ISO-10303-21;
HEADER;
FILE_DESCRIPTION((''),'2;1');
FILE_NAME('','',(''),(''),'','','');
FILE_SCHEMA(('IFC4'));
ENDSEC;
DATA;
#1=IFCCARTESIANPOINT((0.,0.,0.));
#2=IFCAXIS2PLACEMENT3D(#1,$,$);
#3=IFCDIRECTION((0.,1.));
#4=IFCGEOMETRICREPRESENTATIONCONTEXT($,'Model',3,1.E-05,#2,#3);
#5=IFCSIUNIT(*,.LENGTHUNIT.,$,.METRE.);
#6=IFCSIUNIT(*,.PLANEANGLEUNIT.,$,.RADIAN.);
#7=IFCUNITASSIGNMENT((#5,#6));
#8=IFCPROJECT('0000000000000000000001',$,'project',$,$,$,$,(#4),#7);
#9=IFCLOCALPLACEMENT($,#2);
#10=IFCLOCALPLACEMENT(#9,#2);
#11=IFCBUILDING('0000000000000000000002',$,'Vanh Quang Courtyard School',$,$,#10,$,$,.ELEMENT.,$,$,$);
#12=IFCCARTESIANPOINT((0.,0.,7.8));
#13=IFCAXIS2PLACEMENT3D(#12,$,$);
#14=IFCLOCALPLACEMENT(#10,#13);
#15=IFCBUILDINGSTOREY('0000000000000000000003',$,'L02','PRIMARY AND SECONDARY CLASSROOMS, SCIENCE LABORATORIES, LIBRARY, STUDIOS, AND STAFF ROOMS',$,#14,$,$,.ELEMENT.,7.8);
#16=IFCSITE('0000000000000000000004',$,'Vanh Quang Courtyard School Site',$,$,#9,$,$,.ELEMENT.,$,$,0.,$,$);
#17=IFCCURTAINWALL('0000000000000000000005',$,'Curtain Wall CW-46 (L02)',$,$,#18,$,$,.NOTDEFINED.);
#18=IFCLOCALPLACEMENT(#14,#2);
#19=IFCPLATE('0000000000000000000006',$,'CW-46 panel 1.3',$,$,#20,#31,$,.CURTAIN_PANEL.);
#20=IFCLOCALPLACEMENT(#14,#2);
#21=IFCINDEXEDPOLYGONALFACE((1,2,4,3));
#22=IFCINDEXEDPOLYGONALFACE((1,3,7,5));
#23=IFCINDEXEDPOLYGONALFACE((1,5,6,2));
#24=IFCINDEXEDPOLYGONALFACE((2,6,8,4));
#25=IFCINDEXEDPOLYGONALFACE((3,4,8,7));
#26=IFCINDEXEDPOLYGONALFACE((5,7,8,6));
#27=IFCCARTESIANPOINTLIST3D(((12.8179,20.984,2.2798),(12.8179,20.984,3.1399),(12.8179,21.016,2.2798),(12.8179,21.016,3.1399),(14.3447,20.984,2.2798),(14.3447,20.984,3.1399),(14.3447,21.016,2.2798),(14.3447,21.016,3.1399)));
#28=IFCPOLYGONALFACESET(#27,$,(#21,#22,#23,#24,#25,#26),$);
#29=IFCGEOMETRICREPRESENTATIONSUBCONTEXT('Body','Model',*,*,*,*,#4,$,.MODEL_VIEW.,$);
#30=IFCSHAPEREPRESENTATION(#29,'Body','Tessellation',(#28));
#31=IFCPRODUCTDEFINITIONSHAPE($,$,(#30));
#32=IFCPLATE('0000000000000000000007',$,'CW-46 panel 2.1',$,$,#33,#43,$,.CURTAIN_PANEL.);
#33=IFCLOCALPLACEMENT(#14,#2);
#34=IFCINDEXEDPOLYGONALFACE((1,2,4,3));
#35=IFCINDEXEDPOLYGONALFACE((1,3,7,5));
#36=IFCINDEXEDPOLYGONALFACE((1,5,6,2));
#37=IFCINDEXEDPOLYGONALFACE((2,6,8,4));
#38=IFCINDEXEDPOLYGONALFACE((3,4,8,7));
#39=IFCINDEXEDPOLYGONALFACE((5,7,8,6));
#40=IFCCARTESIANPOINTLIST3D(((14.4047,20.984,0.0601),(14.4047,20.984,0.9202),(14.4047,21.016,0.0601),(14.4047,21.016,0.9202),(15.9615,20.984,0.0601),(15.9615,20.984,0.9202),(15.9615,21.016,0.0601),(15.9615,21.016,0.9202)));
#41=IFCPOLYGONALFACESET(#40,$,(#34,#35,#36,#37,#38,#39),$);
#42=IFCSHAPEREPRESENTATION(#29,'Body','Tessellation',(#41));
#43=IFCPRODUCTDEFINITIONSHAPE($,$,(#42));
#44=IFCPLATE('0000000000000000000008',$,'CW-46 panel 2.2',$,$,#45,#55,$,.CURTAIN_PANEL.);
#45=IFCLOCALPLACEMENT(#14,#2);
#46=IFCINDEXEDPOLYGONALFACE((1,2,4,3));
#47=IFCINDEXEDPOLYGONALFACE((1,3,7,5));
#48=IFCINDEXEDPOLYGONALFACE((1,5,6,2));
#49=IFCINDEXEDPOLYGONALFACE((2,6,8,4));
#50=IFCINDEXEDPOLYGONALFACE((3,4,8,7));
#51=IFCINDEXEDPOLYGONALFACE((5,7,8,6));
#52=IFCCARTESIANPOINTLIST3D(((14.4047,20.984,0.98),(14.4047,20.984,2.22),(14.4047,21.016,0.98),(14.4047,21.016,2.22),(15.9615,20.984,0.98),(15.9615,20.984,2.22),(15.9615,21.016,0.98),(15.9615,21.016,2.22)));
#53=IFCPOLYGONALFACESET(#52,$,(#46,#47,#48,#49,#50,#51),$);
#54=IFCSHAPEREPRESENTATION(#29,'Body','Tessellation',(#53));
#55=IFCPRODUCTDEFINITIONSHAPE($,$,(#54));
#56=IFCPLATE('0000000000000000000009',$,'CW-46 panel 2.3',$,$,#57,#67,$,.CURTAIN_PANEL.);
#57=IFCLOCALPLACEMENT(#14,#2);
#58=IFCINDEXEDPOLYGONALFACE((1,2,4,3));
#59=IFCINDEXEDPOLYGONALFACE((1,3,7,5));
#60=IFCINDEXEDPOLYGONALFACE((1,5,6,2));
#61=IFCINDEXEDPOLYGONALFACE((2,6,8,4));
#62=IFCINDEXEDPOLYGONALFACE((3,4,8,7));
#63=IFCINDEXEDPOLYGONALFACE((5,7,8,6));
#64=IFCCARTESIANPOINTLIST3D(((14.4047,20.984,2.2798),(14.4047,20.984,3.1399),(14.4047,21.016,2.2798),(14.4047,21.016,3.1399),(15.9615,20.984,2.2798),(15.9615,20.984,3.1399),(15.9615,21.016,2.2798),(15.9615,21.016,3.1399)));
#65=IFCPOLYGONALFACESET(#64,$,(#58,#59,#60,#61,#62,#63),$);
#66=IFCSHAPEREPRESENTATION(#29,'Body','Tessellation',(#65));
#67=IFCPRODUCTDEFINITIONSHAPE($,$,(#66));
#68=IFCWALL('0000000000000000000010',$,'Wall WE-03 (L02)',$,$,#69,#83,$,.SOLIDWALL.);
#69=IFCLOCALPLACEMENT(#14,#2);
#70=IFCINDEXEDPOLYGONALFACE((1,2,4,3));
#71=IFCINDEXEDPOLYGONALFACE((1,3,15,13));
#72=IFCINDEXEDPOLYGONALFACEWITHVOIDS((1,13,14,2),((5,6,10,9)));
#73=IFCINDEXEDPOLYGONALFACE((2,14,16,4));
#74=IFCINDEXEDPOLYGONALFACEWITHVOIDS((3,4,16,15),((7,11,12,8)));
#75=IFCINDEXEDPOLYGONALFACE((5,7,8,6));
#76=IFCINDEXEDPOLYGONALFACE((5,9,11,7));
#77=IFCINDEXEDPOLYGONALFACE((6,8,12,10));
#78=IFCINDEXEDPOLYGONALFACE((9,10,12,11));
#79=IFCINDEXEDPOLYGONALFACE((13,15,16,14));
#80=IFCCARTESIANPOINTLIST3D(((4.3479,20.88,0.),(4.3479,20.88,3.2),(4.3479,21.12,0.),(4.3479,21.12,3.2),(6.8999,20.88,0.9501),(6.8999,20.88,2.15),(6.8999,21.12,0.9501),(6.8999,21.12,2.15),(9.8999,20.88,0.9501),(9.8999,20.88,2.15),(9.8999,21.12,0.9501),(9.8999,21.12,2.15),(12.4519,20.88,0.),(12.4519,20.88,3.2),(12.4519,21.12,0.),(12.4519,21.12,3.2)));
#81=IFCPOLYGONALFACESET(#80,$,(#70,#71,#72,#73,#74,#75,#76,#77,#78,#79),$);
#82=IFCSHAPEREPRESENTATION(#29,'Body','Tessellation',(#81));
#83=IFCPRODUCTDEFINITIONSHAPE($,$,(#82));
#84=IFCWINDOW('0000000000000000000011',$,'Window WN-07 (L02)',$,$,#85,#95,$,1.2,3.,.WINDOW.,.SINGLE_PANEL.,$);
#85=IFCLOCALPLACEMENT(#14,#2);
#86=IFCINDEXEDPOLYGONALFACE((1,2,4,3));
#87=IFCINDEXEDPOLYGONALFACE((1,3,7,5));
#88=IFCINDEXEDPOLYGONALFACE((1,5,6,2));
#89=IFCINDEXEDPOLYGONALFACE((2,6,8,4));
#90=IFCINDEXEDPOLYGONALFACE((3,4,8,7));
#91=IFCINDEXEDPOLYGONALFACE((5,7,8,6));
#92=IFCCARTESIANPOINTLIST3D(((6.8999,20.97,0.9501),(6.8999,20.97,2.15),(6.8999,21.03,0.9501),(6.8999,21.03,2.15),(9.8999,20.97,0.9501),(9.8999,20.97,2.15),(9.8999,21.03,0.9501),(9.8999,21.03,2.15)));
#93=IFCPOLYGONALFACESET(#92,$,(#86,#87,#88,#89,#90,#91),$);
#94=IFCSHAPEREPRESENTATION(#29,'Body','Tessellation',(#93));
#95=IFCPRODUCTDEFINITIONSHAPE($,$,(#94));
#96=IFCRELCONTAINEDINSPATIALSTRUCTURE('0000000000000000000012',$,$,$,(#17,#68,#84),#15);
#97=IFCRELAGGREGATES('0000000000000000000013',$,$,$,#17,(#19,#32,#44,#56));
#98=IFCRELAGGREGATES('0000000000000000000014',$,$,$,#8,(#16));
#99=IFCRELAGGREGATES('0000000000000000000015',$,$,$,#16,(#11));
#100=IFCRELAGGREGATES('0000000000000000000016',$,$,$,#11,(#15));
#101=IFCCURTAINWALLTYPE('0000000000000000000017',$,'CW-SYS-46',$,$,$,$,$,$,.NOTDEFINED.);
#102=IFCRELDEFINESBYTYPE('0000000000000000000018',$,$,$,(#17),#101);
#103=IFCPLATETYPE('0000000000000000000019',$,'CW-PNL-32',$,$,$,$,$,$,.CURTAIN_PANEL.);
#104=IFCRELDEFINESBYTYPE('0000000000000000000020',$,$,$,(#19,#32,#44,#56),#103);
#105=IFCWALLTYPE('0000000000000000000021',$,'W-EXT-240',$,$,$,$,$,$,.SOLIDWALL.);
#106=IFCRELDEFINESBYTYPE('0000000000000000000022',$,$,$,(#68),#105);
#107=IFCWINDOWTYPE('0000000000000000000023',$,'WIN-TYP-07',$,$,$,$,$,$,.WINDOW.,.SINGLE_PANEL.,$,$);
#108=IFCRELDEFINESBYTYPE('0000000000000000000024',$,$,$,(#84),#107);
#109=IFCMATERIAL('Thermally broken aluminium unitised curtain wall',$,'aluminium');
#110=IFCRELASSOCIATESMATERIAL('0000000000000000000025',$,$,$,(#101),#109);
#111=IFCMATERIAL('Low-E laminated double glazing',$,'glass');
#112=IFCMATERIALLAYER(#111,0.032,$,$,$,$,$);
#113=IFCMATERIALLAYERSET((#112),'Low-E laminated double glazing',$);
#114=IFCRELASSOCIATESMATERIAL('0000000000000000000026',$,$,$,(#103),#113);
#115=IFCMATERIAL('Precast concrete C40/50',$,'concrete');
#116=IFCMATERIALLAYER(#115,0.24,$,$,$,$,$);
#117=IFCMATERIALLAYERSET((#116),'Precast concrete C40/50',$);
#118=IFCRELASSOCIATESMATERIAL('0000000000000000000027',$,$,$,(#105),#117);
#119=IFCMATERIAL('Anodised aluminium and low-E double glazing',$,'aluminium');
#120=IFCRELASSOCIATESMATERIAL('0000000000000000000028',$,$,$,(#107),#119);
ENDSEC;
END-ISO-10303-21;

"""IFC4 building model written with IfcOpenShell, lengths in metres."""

from ifc_helpers import new_model, si_unit, direction, frame, frame_2d, origin, origin_2d, place, context, subcontext, project, spatial, rectangle, extrude, material, layer, layer_set, type_object, element, fill, aggregate, save


model = new_model("IFC4")

# Units and contexts
model_context = context("Model", 3, precision=1e-05, world=origin(), true_north=direction((0.0, 1.0)))
body_context = subcontext(model_context, "Body", "Model", "MODEL_VIEW")
ifc_project = project(units=[si_unit("LENGTHUNIT", "METRE"), si_unit("PLANEANGLEUNIT", "RADIAN")], contexts=[model_context])

# Site, building, storey
site_placement = place(None, origin())
site = spatial("IfcSite", under=ifc_project, at=site_placement, Name="Vanh Quang Courtyard School Site", CompositionType="ELEMENT", RefElevation=0.0)
building_placement = place(site_placement, origin())
building = spatial("IfcBuilding", under=site, at=building_placement, Name="Vanh Quang Courtyard School", CompositionType="ELEMENT")
storey_placement = place(building_placement, frame((0.0, 0.0, 7.8)))
storey = spatial("IfcBuildingStorey", under=building, at=storey_placement, Name="L02", Description="PRIMARY AND SECONDARY CLASSROOMS, SCIENCE LABORATORIES, LIBRARY, STUDIOS, AND STAFF ROOMS", CompositionType="ELEMENT", Elevation=7.8)

# Curtain wall, plates
ifc_material_1 = material(Name="Thermally broken aluminium unitised curtain wall", Category="aluminium")
curtain_wall_type = type_object("IfcCurtainWallType", Name="CW-SYS-46", PredefinedType="NOTDEFINED", material=ifc_material_1)
curtain_wall_placement = place(storey_placement, origin())
curtain_wall = element("IfcCurtainWall", 1, at=curtain_wall_placement, inside=storey, type_object=curtain_wall_type, Name="Curtain Wall CW-46 (L02)", PredefinedType="NOTDEFINED")
ifc_material_2 = material(Name="Low-E laminated double glazing", Category="glass")
ifc_layer_1 = layer(ifc_material_2, 0.032)
ifc_layer_set_1 = layer_set([ifc_layer_1], Name="Low-E laminated double glazing")
plate_type = type_object("IfcPlateType", Name="CW-PNL-32", PredefinedType="CURTAIN_PANEL", material=ifc_layer_set_1)
plate_1_placement = place(storey_placement, frame((13.5813, 21.0, 2.2798), z_axis=(0.0, 0.0, 1.0), x_axis=(1.0, 0.0, 0.0)))
plate_1 = element("IfcPlate", 2, at=plate_1_placement, type_object=plate_type, Name="CW-46 panel 1.3", PredefinedType="CURTAIN_PANEL", context=body_context, shape_type="SweptSolid", body=[
    extrude(rectangle(XDim=1.5269, YDim=0.032, at=origin_2d()), origin(), (0.0, 0.0, 1.0), 0.8601),
])
plate_2_placement = place(storey_placement, frame((15.1831, 21.0, 0.0601), z_axis=(0.0, 0.0, 1.0), x_axis=(1.0, 0.0, 0.0)))
plate_2 = element("IfcPlate", 3, at=plate_2_placement, type_object=plate_type, Name="CW-46 panel 2.1", PredefinedType="CURTAIN_PANEL", context=body_context, shape_type="SweptSolid", body=[
    extrude(rectangle(XDim=1.5569, YDim=0.032, at=origin_2d()), origin(), (0.0, 0.0, 1.0), 0.8601),
])
plate_3_placement = place(storey_placement, frame((15.1831, 21.0, 0.98), z_axis=(0.0, 0.0, 1.0), x_axis=(1.0, 0.0, 0.0)))
plate_3 = element("IfcPlate", 4, at=plate_3_placement, type_object=plate_type, Name="CW-46 panel 2.2", PredefinedType="CURTAIN_PANEL", context=body_context, shape_type="SweptSolid", body=[
    extrude(rectangle(XDim=1.5569, YDim=0.032, at=origin_2d()), origin(), (0.0, 0.0, 1.0), 1.24),
])
plate_4_placement = place(storey_placement, frame((15.1831, 21.0, 2.2798), z_axis=(0.0, 0.0, 1.0), x_axis=(1.0, 0.0, 0.0)))
plate_4 = element("IfcPlate", 5, at=plate_4_placement, type_object=plate_type, Name="CW-46 panel 2.3", PredefinedType="CURTAIN_PANEL", context=body_context, shape_type="SweptSolid", body=[
    extrude(rectangle(XDim=1.5569, YDim=0.032, at=origin_2d()), origin(), (0.0, 0.0, 1.0), 0.8601),
])
aggregate(curtain_wall, [plate_1, plate_2, plate_3, plate_4])

# Wall, opening, window
ifc_material_3 = material(Name="Precast concrete C40/50", Category="concrete")
ifc_layer_2 = layer(ifc_material_3, 0.24)
ifc_layer_set_2 = layer_set([ifc_layer_2], Name="Precast concrete C40/50")
wall_type = type_object("IfcWallType", Name="W-EXT-240", PredefinedType="SOLIDWALL", material=ifc_layer_set_2)
wall_placement = place(storey_placement, frame((4.3479, 21.0, 0.0), z_axis=(0.0, 0.0, 1.0), x_axis=(1.0, 0.0, 0.0)))
wall = element("IfcWall", 6, at=wall_placement, inside=storey, type_object=wall_type, Name="Wall WE-03 (L02)", PredefinedType="SOLIDWALL", context=body_context, shape_type="SweptSolid", body=[
    extrude(rectangle(XDim=8.104, YDim=0.24, at=frame_2d((4.052, 0.0))), origin(), (0.0, 0.0, 1.0), 3.2),
])
opening_placement = place(wall_placement, frame((2.552, 0.0, 0.95)))
opening = element("IfcOpeningElement", 7, at=opening_placement, cuts=wall, PredefinedType="OPENING", context=body_context, shape_type="SweptSolid", body=[
    extrude(rectangle(XDim=3.0, YDim=1.2, at=frame_2d((1.5, 0.6001))), frame((0.0, 0.1299, 0.0), z_axis=(0.0, -1.0, 0.0), x_axis=(1.0, 0.0, 0.0)), (0.0, 0.0, 1.0), 0.26),
])
ifc_material_4 = material(Name="Anodised aluminium and low-E double glazing", Category="aluminium")
window_type = type_object("IfcWindowType", Name="WIN-TYP-07", PartitioningType="SINGLE_PANEL", PredefinedType="WINDOW", material=ifc_material_4)
window_placement = place(opening_placement, origin())
window = element("IfcWindow", 8, at=window_placement, inside=storey, type_object=window_type, Name="Window WN-07 (L02)", OverallHeight=1.2, OverallWidth=3.0, PartitioningType="SINGLE_PANEL", PredefinedType="WINDOW", context=body_context, shape_type="SweptSolid", body=[
    extrude(rectangle(XDim=3.0, YDim=1.2, at=frame_2d((1.5, 0.6001))), frame((0.0, 0.03, 0.0), z_axis=(0.0, -1.0, 0.0), x_axis=(1.0, 0.0, 0.0)), (0.0, 0.0, 1.0), 0.0601),
])
fill(opening, window)

save(model, "model.ifc")
